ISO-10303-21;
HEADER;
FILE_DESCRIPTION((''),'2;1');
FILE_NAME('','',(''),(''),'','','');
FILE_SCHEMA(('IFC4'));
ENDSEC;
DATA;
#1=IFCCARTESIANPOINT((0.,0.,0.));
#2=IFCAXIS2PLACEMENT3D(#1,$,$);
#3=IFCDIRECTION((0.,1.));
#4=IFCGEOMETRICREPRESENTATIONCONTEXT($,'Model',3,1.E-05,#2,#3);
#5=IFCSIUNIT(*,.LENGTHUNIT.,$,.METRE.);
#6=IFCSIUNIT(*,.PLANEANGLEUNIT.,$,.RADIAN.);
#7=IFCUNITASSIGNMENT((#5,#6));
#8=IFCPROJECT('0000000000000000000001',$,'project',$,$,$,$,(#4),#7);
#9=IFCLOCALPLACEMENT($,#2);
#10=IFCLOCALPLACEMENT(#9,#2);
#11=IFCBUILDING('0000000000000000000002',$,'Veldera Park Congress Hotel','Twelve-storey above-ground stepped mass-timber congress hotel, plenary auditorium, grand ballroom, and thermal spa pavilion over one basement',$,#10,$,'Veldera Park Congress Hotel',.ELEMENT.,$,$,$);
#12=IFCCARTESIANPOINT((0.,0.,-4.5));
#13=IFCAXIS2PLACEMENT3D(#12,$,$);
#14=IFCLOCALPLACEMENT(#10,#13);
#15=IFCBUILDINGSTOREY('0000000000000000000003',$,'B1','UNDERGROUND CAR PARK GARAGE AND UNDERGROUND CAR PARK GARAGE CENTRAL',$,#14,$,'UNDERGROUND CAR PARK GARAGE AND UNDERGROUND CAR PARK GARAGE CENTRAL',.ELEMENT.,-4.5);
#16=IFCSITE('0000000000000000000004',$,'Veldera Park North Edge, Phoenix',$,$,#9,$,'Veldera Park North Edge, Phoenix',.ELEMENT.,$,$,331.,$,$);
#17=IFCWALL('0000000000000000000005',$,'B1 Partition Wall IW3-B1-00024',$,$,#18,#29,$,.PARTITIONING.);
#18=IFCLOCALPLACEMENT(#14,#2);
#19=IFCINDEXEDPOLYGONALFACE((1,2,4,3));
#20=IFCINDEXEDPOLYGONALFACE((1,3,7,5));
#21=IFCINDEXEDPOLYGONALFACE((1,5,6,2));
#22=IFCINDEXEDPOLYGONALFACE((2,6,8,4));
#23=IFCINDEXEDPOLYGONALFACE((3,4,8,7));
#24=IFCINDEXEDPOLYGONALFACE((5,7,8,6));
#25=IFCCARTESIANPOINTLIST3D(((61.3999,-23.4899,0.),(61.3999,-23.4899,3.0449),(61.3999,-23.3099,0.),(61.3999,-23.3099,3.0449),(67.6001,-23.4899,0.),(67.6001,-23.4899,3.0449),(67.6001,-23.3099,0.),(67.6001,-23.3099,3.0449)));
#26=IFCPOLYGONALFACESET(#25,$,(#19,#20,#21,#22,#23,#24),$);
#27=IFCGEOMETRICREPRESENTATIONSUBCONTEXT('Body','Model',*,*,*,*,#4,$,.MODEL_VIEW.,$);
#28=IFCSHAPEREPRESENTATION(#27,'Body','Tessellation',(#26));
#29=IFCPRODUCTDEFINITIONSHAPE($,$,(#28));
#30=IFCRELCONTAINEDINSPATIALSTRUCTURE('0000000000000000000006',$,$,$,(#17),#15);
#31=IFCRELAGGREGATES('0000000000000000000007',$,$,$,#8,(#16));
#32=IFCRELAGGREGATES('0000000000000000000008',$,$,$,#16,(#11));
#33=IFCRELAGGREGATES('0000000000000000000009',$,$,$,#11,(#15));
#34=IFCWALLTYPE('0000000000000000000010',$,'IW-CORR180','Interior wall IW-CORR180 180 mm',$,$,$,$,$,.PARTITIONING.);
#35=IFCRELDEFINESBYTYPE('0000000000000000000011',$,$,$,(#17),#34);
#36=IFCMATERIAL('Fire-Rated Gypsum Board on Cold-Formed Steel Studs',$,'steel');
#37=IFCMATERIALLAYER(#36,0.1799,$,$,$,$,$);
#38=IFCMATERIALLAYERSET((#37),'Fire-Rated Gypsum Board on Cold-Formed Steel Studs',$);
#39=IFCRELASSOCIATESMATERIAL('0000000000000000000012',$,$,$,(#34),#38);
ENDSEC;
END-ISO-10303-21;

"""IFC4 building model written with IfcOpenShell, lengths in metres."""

from ifc_helpers import new_model, si_unit, direction, frame, frame_2d, origin, place, context, subcontext, project, spatial, rectangle, extrude, material, layer, layer_set, type_object, element, save


model = new_model("IFC4")

# Units and contexts
model_context = context("Model", 3, precision=1e-05, world=origin(), true_north=direction((0.0, 1.0)))
body_context = subcontext(model_context, "Body", "Model", "MODEL_VIEW")
ifc_project = project(units=[si_unit("LENGTHUNIT", "METRE"), si_unit("PLANEANGLEUNIT", "RADIAN")], contexts=[model_context])

# Site, building, storey
site_placement = place(None, origin())
site = spatial("IfcSite", under=ifc_project, at=site_placement, Name="Veldera Park North Edge, Phoenix", LongName="Veldera Park North Edge, Phoenix", CompositionType="ELEMENT", RefElevation=331.0)
building_placement = place(site_placement, origin())
building = spatial("IfcBuilding", under=site, at=building_placement, Name="Veldera Park Congress Hotel", Description="Twelve-storey above-ground stepped mass-timber congress hotel, plenary auditorium, grand ballroom, and thermal spa pavilion over one basement", LongName="Veldera Park Congress Hotel", CompositionType="ELEMENT")
storey_placement = place(building_placement, frame((0.0, 0.0, -4.5)))
storey = spatial("IfcBuildingStorey", under=building, at=storey_placement, Name="B1", Description="UNDERGROUND CAR PARK GARAGE AND UNDERGROUND CAR PARK GARAGE CENTRAL", LongName="UNDERGROUND CAR PARK GARAGE AND UNDERGROUND CAR PARK GARAGE CENTRAL", CompositionType="ELEMENT", Elevation=-4.5)

# Wall
ifc_material_1 = material(Name="Fire-Rated Gypsum Board on Cold-Formed Steel Studs", Category="steel")
ifc_layer = layer(ifc_material_1, 0.1799)
ifc_layer_set = layer_set([ifc_layer], Name="Fire-Rated Gypsum Board on Cold-Formed Steel Studs")
wall_type = type_object("IfcWallType", Name="IW-CORR180", Description="Interior wall IW-CORR180 180 mm", PredefinedType="PARTITIONING", material=ifc_layer_set)
wall_placement = place(storey_placement, frame((61.3999, -23.3999, 0.0), z_axis=(0.0, 0.0, 1.0), x_axis=(1.0, 0.0, 0.0)))
element("IfcWall", 1, at=wall_placement, inside=storey, type_object=wall_type, Name="B1 Partition Wall IW3-B1-00024", PredefinedType="PARTITIONING", context=body_context, shape_type="SweptSolid", body=[
    extrude(rectangle(XDim=6.2002, YDim=0.1799, at=frame_2d((3.1001, 0.0))), origin(), (0.0, 0.0, 1.0), 3.0449),
])

save(model, "model.ifc")
